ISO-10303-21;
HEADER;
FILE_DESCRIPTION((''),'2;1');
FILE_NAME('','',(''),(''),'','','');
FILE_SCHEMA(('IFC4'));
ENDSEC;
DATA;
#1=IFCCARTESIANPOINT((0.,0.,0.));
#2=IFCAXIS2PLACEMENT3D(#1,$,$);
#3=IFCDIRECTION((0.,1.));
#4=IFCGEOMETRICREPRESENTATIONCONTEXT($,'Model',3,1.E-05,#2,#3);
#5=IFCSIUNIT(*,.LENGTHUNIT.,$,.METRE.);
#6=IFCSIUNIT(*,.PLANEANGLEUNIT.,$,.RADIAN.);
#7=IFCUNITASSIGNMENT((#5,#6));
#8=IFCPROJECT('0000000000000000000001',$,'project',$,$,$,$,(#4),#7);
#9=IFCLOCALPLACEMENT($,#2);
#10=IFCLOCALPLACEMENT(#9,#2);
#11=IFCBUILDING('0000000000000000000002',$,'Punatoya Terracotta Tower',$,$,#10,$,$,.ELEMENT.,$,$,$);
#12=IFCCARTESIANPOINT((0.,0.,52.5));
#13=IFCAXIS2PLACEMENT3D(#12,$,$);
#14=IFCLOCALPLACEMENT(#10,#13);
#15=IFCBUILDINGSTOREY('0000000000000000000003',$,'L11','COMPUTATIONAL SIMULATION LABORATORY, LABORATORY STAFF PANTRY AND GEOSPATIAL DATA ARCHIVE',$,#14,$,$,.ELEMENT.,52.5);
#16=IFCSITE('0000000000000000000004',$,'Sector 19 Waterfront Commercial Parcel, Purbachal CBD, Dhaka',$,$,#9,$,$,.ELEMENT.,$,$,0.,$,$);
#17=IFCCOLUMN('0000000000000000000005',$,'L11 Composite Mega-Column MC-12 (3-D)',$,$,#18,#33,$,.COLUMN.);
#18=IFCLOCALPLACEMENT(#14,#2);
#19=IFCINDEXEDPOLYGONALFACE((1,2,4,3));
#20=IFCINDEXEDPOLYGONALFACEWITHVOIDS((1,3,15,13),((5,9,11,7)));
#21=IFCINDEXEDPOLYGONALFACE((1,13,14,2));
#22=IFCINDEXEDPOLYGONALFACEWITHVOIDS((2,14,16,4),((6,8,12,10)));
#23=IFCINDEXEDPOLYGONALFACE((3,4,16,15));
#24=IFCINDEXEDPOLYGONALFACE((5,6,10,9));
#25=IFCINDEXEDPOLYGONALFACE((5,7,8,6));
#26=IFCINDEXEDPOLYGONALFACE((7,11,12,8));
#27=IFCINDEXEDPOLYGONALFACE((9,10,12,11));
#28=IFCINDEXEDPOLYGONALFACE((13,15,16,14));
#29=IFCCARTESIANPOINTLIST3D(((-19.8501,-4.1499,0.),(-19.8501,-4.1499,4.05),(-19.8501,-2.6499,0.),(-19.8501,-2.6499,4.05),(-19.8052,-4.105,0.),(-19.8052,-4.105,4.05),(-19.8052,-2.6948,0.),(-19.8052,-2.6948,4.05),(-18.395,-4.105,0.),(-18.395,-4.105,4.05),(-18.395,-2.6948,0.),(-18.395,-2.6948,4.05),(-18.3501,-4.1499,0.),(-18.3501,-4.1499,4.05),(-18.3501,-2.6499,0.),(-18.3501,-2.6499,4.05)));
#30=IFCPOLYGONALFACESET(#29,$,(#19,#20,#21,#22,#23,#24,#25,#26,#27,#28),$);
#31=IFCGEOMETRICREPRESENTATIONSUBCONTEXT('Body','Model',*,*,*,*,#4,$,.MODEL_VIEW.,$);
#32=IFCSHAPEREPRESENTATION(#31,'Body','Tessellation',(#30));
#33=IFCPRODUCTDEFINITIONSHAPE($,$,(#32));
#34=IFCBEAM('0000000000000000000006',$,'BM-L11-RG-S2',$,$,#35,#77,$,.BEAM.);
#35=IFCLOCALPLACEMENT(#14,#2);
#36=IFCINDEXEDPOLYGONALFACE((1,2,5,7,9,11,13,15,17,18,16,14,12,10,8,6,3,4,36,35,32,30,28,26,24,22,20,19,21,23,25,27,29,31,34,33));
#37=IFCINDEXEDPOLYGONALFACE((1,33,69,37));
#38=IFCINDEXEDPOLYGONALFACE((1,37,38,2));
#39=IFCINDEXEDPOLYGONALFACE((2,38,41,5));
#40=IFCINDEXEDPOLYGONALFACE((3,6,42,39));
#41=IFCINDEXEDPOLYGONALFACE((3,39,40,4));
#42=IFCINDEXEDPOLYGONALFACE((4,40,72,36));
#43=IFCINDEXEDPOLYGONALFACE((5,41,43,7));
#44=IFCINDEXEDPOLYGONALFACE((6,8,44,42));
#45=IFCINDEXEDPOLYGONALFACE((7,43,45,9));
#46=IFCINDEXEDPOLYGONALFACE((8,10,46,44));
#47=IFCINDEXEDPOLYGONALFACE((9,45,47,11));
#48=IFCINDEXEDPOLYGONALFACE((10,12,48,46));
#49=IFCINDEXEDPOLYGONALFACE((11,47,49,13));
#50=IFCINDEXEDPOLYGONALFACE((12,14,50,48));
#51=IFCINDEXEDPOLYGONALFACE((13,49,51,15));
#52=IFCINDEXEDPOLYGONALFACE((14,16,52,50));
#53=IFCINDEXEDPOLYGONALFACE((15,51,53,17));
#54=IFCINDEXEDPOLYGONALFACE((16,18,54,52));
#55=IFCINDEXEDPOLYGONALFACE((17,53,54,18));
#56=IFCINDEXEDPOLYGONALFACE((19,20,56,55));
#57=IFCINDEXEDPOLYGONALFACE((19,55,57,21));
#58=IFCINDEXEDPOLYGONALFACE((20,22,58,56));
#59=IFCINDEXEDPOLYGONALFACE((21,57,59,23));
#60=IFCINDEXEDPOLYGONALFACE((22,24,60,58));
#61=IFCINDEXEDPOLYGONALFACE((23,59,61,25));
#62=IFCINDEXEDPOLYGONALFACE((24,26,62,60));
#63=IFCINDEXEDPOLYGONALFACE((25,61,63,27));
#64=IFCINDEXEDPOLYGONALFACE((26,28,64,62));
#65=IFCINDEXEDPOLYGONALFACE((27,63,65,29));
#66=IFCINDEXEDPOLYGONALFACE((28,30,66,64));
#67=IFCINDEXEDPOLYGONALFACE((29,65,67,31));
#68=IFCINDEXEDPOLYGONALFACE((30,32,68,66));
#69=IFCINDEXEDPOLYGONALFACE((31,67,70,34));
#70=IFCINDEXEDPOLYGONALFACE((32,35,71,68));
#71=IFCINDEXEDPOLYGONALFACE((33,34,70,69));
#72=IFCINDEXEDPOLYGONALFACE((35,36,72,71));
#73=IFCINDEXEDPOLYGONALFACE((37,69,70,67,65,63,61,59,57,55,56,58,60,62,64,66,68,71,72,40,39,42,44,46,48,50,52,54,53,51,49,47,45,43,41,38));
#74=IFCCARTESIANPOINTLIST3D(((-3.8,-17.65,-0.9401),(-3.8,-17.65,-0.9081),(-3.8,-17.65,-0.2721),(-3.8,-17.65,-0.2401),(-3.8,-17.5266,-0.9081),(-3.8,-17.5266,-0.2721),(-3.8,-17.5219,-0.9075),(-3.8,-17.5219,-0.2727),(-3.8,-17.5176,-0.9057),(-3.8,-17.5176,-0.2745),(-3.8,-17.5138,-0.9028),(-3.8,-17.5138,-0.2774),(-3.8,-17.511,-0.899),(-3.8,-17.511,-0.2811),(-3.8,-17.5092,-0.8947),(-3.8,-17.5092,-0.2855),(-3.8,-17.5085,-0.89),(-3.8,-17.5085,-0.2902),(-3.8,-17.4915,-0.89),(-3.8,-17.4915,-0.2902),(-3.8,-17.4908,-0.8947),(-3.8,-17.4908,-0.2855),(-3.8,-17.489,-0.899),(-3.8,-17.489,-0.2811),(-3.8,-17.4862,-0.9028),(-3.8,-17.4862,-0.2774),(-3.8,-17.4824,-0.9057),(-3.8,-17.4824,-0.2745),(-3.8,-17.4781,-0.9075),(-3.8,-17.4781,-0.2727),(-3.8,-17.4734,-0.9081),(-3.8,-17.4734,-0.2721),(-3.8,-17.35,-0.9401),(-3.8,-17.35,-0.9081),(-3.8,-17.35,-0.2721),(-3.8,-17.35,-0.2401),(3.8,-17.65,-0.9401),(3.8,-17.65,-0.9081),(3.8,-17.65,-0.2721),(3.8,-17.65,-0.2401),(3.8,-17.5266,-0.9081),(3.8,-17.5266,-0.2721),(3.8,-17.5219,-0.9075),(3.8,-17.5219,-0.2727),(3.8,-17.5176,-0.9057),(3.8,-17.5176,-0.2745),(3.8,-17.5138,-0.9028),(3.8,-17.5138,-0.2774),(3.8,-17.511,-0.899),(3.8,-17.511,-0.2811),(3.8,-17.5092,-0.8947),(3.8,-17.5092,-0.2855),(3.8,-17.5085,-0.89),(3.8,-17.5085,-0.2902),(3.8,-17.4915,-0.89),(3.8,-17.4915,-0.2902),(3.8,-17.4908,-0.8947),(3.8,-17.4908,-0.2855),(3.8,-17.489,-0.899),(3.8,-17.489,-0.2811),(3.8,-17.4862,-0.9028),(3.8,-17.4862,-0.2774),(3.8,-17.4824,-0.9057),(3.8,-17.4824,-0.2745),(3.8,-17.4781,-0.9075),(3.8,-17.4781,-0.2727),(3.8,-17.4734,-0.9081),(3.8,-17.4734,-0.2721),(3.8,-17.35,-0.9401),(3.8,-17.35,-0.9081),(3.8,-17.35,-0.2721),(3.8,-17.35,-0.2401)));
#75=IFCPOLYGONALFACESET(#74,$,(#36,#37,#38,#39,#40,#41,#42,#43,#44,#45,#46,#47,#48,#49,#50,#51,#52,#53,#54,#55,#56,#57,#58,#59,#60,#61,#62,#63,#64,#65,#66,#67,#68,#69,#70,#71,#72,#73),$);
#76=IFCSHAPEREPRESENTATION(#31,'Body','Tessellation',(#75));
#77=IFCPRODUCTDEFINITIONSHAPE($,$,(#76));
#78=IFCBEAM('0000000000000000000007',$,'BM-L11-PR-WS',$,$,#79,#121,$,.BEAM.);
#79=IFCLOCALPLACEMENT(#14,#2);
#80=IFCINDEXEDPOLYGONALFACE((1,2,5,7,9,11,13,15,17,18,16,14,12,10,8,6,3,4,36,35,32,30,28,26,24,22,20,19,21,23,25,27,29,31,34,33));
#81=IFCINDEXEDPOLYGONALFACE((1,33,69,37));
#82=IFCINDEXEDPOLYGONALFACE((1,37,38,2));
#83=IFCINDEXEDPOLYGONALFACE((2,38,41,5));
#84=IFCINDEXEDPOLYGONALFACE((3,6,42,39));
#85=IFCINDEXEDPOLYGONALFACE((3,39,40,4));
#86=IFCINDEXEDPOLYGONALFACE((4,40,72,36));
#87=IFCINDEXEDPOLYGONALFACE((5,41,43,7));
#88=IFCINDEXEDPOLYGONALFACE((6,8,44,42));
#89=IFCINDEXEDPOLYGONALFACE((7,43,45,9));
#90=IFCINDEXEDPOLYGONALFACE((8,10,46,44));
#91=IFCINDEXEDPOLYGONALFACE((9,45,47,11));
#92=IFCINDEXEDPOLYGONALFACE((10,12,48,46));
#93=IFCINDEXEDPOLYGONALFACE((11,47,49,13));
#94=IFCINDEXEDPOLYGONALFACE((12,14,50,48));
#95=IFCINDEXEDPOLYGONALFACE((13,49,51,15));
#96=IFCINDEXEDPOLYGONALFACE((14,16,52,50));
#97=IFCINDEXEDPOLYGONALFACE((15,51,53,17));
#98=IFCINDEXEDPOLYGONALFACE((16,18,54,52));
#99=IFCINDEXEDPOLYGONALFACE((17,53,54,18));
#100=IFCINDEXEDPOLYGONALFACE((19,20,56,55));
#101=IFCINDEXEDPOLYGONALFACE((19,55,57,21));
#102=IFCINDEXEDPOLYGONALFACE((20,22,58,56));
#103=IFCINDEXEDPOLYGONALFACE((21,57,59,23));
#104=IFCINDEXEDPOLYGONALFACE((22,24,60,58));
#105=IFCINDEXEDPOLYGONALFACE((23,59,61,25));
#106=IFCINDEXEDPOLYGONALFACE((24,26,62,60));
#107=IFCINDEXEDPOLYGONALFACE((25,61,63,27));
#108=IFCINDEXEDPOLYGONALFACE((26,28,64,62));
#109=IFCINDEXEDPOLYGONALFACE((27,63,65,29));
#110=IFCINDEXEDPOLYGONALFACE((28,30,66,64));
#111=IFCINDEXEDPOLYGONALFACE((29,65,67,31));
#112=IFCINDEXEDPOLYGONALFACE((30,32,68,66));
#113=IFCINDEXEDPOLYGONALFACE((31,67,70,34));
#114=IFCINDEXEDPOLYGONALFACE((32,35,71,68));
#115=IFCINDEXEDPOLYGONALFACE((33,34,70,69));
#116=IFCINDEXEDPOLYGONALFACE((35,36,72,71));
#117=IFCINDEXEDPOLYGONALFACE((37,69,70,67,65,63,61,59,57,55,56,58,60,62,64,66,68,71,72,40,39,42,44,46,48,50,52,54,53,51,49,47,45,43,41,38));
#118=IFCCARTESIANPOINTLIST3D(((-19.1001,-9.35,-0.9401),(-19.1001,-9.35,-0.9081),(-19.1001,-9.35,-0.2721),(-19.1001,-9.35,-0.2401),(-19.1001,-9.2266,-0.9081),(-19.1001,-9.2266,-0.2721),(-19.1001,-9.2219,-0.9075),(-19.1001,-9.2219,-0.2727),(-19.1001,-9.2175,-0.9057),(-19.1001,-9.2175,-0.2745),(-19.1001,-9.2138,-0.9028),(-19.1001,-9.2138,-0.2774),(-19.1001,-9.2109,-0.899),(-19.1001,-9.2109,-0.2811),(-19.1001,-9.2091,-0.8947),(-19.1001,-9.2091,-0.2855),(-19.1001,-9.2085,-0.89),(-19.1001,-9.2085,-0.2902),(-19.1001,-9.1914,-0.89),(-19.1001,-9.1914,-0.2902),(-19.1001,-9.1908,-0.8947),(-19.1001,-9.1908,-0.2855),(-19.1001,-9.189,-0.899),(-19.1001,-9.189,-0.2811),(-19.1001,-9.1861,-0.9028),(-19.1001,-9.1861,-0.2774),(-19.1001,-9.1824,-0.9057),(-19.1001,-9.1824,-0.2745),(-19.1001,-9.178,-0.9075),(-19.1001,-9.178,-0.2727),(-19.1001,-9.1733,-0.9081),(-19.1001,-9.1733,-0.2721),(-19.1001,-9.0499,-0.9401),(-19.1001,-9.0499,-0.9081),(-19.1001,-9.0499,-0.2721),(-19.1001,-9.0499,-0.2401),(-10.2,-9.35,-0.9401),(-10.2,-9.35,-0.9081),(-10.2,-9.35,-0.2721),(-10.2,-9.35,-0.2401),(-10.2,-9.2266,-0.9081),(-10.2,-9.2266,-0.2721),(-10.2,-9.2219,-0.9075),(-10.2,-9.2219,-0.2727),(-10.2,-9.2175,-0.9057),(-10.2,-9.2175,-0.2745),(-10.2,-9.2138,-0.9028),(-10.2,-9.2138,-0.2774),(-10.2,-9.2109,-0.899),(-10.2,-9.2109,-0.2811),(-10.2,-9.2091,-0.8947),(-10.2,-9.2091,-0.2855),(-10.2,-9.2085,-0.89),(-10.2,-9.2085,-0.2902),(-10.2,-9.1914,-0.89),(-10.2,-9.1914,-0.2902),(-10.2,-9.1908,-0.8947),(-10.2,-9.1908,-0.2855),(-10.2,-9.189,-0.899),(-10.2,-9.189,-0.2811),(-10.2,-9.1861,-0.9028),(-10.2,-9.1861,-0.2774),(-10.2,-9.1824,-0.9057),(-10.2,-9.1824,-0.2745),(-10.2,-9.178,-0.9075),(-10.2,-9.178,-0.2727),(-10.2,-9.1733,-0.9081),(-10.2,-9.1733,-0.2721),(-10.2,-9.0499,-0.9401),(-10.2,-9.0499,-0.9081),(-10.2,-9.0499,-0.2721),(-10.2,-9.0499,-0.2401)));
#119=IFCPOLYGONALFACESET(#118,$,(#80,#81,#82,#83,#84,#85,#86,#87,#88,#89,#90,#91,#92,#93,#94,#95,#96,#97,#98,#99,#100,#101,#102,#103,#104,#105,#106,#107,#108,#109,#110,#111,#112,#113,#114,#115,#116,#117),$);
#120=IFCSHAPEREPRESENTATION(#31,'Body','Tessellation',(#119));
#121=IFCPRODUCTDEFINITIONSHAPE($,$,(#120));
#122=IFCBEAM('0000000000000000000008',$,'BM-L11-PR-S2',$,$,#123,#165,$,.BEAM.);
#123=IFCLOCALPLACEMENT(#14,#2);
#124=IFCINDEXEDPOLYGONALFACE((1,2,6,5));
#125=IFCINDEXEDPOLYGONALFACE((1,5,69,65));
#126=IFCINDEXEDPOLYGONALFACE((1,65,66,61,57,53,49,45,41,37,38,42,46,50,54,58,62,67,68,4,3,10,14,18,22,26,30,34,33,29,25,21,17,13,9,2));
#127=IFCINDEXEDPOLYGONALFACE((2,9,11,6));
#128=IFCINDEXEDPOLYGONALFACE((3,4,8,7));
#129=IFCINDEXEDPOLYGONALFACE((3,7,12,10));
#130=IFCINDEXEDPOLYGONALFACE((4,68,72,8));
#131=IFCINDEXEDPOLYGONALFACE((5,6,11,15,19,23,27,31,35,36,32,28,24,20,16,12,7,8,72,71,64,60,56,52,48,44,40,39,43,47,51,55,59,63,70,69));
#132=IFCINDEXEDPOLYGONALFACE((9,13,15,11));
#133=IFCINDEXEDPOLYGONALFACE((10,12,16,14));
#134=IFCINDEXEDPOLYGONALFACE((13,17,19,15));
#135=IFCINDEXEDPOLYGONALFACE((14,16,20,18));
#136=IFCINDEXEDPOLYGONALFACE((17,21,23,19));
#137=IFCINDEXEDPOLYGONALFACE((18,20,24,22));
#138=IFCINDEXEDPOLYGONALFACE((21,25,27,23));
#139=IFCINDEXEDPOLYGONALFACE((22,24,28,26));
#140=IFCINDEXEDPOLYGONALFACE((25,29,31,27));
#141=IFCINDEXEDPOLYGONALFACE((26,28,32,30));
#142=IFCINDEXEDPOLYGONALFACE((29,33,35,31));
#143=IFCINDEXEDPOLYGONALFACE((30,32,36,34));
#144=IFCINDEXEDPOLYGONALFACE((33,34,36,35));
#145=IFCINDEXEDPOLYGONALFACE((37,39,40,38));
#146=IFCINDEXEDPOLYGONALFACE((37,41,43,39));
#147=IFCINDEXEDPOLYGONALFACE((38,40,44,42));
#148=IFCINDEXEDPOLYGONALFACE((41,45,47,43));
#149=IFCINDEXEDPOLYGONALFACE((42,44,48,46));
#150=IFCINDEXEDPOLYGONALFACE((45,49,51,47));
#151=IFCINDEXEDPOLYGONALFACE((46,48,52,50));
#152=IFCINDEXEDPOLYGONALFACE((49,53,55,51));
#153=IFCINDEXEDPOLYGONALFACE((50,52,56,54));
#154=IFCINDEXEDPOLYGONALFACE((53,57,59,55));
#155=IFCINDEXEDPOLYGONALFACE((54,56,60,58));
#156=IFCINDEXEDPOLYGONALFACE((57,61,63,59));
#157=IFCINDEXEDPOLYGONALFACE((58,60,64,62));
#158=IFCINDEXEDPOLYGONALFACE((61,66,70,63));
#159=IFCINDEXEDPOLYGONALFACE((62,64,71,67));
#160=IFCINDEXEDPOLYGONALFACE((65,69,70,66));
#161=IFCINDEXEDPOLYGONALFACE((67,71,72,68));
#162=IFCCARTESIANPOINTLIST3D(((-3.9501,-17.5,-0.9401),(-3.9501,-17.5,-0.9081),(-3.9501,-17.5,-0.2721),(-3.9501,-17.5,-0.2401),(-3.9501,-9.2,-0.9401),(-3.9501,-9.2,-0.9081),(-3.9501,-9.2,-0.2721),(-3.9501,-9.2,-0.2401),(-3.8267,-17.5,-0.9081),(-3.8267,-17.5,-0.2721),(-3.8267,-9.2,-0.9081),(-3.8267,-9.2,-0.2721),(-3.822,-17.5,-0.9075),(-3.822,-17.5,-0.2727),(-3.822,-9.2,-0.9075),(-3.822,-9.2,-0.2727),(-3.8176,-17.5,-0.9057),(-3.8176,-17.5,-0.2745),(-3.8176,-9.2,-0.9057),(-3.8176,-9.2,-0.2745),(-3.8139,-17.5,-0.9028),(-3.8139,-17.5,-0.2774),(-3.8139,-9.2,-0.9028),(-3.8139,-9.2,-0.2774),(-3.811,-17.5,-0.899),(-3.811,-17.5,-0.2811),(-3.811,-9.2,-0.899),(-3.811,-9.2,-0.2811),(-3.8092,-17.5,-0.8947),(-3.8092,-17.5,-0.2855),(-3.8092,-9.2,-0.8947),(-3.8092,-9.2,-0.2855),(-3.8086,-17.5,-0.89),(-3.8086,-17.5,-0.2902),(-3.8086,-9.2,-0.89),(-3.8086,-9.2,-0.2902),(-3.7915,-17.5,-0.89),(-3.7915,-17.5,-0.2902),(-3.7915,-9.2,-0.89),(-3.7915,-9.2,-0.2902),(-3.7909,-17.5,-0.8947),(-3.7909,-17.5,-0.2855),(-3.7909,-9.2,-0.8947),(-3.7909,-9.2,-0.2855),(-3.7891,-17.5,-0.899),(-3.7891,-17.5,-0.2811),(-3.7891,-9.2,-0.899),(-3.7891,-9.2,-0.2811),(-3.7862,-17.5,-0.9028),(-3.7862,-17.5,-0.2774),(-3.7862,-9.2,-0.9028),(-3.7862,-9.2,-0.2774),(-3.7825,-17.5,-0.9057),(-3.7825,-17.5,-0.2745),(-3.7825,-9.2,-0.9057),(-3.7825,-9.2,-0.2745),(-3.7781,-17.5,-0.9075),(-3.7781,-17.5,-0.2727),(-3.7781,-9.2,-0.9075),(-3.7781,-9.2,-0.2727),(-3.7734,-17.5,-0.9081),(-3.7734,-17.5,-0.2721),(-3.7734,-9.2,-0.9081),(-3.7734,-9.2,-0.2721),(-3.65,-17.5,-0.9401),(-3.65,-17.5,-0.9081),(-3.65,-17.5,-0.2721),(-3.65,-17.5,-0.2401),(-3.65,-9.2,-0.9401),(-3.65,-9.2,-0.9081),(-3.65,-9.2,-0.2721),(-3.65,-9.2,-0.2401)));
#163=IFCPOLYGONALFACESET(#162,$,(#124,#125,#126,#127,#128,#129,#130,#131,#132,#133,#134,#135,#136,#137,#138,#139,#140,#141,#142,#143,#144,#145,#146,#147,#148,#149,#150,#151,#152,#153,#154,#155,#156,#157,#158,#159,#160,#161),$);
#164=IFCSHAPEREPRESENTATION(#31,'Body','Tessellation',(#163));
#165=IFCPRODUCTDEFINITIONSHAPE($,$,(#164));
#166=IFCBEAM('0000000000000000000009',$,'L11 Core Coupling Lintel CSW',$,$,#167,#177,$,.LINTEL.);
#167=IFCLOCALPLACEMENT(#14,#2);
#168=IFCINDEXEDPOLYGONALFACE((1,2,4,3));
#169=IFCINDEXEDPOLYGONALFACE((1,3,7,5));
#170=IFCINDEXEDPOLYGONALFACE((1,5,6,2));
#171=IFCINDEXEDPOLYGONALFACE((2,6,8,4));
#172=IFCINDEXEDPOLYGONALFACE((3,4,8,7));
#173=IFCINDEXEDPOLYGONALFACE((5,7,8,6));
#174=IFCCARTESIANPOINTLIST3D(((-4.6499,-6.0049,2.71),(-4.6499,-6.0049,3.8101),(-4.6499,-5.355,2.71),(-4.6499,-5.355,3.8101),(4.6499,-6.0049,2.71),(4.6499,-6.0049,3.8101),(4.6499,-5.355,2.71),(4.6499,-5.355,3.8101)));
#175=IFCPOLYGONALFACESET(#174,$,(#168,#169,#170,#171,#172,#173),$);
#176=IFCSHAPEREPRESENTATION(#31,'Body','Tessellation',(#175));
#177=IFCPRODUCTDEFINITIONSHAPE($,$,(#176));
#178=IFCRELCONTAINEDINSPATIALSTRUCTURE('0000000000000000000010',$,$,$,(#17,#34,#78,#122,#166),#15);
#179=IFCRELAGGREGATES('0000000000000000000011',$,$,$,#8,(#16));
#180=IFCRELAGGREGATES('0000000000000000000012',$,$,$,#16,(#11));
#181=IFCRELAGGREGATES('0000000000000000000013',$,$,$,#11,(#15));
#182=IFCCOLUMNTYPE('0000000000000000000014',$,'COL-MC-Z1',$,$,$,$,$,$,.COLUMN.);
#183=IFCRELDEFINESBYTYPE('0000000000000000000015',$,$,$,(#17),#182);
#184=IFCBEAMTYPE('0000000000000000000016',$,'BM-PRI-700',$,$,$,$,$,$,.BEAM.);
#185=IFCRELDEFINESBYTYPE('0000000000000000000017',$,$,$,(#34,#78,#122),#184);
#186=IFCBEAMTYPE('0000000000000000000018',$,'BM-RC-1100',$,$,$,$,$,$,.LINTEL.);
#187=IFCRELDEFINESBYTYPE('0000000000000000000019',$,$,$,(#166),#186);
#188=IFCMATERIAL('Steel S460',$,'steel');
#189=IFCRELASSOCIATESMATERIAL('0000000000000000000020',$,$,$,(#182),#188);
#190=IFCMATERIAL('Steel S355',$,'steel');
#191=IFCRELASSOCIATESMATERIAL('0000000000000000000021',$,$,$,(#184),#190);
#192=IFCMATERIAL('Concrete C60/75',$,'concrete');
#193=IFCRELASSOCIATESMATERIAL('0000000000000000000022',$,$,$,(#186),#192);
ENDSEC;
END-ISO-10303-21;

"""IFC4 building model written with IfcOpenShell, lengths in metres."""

from ifc_helpers import new_model, si_unit, direction, frame, origin, origin_2d, place, context, subcontext, project, spatial, rectangle, hollow_rectangle, i_section, extrude, material, material_profile, profile_set, type_object, element, save


model = new_model("IFC4")

# Units and contexts
model_context = context("Model", 3, precision=1e-05, world=origin(), true_north=direction((0.0, 1.0)))
body_context = subcontext(model_context, "Body", "Model", "MODEL_VIEW")
ifc_project = project(units=[si_unit("LENGTHUNIT", "METRE"), si_unit("PLANEANGLEUNIT", "RADIAN")], contexts=[model_context])

# Site, building, storey
site_placement = place(None, origin())
site = spatial("IfcSite", under=ifc_project, at=site_placement, Name="Sector 19 Waterfront Commercial Parcel, Purbachal CBD, Dhaka", CompositionType="ELEMENT", RefElevation=0.0)
building_placement = place(site_placement, origin())
building = spatial("IfcBuilding", under=site, at=building_placement, Name="Punatoya Terracotta Tower", CompositionType="ELEMENT")
storey_placement = place(building_placement, frame((0.0, 0.0, 52.5)))
storey = spatial("IfcBuildingStorey", under=building, at=storey_placement, Name="L11", Description="COMPUTATIONAL SIMULATION LABORATORY, LABORATORY STAFF PANTRY AND GEOSPATIAL DATA ARCHIVE", CompositionType="ELEMENT", Elevation=52.5)

# Column
ifc_material_1 = material(Name="Steel S460", Category="steel")
ifc_material_profile_1 = material_profile(ifc_material_1, hollow_rectangle(XDim=1.5, YDim=1.5, WallThickness=0.0449, at=origin_2d()))
ifc_profile_set_1 = profile_set([ifc_material_profile_1], Name="Steel S460")
column_type = type_object("IfcColumnType", Name="COL-MC-Z1", PredefinedType="COLUMN", material=ifc_profile_set_1)
column_placement = place(storey_placement, frame((-19.1001, -3.3999, 0.0), z_axis=(0.0, 0.0, 1.0), x_axis=(1.0, 0.0, 0.0)))
element("IfcColumn", 1, at=column_placement, inside=storey, type_object=column_type, Name="L11 Composite Mega-Column MC-12 (3-D)", PredefinedType="COLUMN", context=body_context, shape_type="SweptSolid", body=[
    extrude(hollow_rectangle(XDim=1.5, YDim=1.5, WallThickness=0.0449, at=origin_2d()), origin(), (0.0, 0.0, 1.0), 4.05),
])

# Beams
ifc_material_2 = material(Name="Steel S355", Category="steel")
ifc_material_profile_2 = material_profile(ifc_material_2, i_section(OverallWidth=0.3, OverallDepth=0.7, WebThickness=0.0171, FlangeThickness=0.032, FilletRadius=0.0181, at=origin_2d()))
ifc_profile_set_2 = profile_set([ifc_material_profile_2], Name="Steel S355")
beam_type_1 = type_object("IfcBeamType", Name="BM-PRI-700", PredefinedType="BEAM", material=ifc_profile_set_2)
beam_1_placement = place(storey_placement, frame((-3.8, -17.5, -0.5901), z_axis=(1.0, 0.0, 0.0), x_axis=(0.0, 1.0, 0.0)))
element("IfcBeam", 2, at=beam_1_placement, inside=storey, type_object=beam_type_1, Name="BM-L11-RG-S2", PredefinedType="BEAM", context=body_context, shape_type="SweptSolid", body=[
    extrude(i_section(OverallWidth=0.3, OverallDepth=0.7, WebThickness=0.0171, FlangeThickness=0.032, FilletRadius=0.0181, at=origin_2d()), origin(), (0.0, 0.0, 1.0), 7.6001),
])
beam_2_placement = place(storey_placement, frame((-19.1001, -9.2, -0.5901), z_axis=(1.0, 0.0, 0.0), x_axis=(0.0, 1.0, 0.0)))
element("IfcBeam", 3, at=beam_2_placement, inside=storey, type_object=beam_type_1, Name="BM-L11-PR-WS", PredefinedType="BEAM", context=body_context, shape_type="SweptSolid", body=[
    extrude(i_section(OverallWidth=0.3, OverallDepth=0.7, WebThickness=0.0171, FlangeThickness=0.032, FilletRadius=0.0181, at=origin_2d()), origin(), (0.0, 0.0, 1.0), 8.9001),
])
beam_3_placement = place(storey_placement, frame((-3.8, -17.5, -0.5901), z_axis=(0.0, 1.0, 0.0), x_axis=(-1.0, 0.0, 0.0)))
element("IfcBeam", 4, at=beam_3_placement, inside=storey, type_object=beam_type_1, Name="BM-L11-PR-S2", PredefinedType="BEAM", context=body_context, shape_type="SweptSolid", body=[
    extrude(i_section(OverallWidth=0.3, OverallDepth=0.7, WebThickness=0.0171, FlangeThickness=0.032, FilletRadius=0.0181, at=origin_2d()), origin(), (0.0, 0.0, 1.0), 8.3),
])
ifc_material_3 = material(Name="Concrete C60/75", Category="concrete")
ifc_material_profile_3 = material_profile(ifc_material_3, rectangle(XDim=0.6499, YDim=1.1001, at=origin_2d()))
ifc_profile_set_3 = profile_set([ifc_material_profile_3], Name="Concrete C60/75")
beam_type_2 = type_object("IfcBeamType", Name="BM-RC-1100", PredefinedType="LINTEL", material=ifc_profile_set_3)
beam_4_placement = place(storey_placement, frame((-4.6499, -5.6799, 3.26), z_axis=(1.0, 0.0, 0.0), x_axis=(0.0, 1.0, 0.0)))
element("IfcBeam", 5, at=beam_4_placement, inside=storey, type_object=beam_type_2, Name="L11 Core Coupling Lintel CSW", PredefinedType="LINTEL", context=body_context, shape_type="SweptSolid", body=[
    extrude(rectangle(XDim=0.6499, YDim=1.1001, at=origin_2d()), origin(), (0.0, 0.0, 1.0), 9.2998),
])

save(model, "model.ifc")
